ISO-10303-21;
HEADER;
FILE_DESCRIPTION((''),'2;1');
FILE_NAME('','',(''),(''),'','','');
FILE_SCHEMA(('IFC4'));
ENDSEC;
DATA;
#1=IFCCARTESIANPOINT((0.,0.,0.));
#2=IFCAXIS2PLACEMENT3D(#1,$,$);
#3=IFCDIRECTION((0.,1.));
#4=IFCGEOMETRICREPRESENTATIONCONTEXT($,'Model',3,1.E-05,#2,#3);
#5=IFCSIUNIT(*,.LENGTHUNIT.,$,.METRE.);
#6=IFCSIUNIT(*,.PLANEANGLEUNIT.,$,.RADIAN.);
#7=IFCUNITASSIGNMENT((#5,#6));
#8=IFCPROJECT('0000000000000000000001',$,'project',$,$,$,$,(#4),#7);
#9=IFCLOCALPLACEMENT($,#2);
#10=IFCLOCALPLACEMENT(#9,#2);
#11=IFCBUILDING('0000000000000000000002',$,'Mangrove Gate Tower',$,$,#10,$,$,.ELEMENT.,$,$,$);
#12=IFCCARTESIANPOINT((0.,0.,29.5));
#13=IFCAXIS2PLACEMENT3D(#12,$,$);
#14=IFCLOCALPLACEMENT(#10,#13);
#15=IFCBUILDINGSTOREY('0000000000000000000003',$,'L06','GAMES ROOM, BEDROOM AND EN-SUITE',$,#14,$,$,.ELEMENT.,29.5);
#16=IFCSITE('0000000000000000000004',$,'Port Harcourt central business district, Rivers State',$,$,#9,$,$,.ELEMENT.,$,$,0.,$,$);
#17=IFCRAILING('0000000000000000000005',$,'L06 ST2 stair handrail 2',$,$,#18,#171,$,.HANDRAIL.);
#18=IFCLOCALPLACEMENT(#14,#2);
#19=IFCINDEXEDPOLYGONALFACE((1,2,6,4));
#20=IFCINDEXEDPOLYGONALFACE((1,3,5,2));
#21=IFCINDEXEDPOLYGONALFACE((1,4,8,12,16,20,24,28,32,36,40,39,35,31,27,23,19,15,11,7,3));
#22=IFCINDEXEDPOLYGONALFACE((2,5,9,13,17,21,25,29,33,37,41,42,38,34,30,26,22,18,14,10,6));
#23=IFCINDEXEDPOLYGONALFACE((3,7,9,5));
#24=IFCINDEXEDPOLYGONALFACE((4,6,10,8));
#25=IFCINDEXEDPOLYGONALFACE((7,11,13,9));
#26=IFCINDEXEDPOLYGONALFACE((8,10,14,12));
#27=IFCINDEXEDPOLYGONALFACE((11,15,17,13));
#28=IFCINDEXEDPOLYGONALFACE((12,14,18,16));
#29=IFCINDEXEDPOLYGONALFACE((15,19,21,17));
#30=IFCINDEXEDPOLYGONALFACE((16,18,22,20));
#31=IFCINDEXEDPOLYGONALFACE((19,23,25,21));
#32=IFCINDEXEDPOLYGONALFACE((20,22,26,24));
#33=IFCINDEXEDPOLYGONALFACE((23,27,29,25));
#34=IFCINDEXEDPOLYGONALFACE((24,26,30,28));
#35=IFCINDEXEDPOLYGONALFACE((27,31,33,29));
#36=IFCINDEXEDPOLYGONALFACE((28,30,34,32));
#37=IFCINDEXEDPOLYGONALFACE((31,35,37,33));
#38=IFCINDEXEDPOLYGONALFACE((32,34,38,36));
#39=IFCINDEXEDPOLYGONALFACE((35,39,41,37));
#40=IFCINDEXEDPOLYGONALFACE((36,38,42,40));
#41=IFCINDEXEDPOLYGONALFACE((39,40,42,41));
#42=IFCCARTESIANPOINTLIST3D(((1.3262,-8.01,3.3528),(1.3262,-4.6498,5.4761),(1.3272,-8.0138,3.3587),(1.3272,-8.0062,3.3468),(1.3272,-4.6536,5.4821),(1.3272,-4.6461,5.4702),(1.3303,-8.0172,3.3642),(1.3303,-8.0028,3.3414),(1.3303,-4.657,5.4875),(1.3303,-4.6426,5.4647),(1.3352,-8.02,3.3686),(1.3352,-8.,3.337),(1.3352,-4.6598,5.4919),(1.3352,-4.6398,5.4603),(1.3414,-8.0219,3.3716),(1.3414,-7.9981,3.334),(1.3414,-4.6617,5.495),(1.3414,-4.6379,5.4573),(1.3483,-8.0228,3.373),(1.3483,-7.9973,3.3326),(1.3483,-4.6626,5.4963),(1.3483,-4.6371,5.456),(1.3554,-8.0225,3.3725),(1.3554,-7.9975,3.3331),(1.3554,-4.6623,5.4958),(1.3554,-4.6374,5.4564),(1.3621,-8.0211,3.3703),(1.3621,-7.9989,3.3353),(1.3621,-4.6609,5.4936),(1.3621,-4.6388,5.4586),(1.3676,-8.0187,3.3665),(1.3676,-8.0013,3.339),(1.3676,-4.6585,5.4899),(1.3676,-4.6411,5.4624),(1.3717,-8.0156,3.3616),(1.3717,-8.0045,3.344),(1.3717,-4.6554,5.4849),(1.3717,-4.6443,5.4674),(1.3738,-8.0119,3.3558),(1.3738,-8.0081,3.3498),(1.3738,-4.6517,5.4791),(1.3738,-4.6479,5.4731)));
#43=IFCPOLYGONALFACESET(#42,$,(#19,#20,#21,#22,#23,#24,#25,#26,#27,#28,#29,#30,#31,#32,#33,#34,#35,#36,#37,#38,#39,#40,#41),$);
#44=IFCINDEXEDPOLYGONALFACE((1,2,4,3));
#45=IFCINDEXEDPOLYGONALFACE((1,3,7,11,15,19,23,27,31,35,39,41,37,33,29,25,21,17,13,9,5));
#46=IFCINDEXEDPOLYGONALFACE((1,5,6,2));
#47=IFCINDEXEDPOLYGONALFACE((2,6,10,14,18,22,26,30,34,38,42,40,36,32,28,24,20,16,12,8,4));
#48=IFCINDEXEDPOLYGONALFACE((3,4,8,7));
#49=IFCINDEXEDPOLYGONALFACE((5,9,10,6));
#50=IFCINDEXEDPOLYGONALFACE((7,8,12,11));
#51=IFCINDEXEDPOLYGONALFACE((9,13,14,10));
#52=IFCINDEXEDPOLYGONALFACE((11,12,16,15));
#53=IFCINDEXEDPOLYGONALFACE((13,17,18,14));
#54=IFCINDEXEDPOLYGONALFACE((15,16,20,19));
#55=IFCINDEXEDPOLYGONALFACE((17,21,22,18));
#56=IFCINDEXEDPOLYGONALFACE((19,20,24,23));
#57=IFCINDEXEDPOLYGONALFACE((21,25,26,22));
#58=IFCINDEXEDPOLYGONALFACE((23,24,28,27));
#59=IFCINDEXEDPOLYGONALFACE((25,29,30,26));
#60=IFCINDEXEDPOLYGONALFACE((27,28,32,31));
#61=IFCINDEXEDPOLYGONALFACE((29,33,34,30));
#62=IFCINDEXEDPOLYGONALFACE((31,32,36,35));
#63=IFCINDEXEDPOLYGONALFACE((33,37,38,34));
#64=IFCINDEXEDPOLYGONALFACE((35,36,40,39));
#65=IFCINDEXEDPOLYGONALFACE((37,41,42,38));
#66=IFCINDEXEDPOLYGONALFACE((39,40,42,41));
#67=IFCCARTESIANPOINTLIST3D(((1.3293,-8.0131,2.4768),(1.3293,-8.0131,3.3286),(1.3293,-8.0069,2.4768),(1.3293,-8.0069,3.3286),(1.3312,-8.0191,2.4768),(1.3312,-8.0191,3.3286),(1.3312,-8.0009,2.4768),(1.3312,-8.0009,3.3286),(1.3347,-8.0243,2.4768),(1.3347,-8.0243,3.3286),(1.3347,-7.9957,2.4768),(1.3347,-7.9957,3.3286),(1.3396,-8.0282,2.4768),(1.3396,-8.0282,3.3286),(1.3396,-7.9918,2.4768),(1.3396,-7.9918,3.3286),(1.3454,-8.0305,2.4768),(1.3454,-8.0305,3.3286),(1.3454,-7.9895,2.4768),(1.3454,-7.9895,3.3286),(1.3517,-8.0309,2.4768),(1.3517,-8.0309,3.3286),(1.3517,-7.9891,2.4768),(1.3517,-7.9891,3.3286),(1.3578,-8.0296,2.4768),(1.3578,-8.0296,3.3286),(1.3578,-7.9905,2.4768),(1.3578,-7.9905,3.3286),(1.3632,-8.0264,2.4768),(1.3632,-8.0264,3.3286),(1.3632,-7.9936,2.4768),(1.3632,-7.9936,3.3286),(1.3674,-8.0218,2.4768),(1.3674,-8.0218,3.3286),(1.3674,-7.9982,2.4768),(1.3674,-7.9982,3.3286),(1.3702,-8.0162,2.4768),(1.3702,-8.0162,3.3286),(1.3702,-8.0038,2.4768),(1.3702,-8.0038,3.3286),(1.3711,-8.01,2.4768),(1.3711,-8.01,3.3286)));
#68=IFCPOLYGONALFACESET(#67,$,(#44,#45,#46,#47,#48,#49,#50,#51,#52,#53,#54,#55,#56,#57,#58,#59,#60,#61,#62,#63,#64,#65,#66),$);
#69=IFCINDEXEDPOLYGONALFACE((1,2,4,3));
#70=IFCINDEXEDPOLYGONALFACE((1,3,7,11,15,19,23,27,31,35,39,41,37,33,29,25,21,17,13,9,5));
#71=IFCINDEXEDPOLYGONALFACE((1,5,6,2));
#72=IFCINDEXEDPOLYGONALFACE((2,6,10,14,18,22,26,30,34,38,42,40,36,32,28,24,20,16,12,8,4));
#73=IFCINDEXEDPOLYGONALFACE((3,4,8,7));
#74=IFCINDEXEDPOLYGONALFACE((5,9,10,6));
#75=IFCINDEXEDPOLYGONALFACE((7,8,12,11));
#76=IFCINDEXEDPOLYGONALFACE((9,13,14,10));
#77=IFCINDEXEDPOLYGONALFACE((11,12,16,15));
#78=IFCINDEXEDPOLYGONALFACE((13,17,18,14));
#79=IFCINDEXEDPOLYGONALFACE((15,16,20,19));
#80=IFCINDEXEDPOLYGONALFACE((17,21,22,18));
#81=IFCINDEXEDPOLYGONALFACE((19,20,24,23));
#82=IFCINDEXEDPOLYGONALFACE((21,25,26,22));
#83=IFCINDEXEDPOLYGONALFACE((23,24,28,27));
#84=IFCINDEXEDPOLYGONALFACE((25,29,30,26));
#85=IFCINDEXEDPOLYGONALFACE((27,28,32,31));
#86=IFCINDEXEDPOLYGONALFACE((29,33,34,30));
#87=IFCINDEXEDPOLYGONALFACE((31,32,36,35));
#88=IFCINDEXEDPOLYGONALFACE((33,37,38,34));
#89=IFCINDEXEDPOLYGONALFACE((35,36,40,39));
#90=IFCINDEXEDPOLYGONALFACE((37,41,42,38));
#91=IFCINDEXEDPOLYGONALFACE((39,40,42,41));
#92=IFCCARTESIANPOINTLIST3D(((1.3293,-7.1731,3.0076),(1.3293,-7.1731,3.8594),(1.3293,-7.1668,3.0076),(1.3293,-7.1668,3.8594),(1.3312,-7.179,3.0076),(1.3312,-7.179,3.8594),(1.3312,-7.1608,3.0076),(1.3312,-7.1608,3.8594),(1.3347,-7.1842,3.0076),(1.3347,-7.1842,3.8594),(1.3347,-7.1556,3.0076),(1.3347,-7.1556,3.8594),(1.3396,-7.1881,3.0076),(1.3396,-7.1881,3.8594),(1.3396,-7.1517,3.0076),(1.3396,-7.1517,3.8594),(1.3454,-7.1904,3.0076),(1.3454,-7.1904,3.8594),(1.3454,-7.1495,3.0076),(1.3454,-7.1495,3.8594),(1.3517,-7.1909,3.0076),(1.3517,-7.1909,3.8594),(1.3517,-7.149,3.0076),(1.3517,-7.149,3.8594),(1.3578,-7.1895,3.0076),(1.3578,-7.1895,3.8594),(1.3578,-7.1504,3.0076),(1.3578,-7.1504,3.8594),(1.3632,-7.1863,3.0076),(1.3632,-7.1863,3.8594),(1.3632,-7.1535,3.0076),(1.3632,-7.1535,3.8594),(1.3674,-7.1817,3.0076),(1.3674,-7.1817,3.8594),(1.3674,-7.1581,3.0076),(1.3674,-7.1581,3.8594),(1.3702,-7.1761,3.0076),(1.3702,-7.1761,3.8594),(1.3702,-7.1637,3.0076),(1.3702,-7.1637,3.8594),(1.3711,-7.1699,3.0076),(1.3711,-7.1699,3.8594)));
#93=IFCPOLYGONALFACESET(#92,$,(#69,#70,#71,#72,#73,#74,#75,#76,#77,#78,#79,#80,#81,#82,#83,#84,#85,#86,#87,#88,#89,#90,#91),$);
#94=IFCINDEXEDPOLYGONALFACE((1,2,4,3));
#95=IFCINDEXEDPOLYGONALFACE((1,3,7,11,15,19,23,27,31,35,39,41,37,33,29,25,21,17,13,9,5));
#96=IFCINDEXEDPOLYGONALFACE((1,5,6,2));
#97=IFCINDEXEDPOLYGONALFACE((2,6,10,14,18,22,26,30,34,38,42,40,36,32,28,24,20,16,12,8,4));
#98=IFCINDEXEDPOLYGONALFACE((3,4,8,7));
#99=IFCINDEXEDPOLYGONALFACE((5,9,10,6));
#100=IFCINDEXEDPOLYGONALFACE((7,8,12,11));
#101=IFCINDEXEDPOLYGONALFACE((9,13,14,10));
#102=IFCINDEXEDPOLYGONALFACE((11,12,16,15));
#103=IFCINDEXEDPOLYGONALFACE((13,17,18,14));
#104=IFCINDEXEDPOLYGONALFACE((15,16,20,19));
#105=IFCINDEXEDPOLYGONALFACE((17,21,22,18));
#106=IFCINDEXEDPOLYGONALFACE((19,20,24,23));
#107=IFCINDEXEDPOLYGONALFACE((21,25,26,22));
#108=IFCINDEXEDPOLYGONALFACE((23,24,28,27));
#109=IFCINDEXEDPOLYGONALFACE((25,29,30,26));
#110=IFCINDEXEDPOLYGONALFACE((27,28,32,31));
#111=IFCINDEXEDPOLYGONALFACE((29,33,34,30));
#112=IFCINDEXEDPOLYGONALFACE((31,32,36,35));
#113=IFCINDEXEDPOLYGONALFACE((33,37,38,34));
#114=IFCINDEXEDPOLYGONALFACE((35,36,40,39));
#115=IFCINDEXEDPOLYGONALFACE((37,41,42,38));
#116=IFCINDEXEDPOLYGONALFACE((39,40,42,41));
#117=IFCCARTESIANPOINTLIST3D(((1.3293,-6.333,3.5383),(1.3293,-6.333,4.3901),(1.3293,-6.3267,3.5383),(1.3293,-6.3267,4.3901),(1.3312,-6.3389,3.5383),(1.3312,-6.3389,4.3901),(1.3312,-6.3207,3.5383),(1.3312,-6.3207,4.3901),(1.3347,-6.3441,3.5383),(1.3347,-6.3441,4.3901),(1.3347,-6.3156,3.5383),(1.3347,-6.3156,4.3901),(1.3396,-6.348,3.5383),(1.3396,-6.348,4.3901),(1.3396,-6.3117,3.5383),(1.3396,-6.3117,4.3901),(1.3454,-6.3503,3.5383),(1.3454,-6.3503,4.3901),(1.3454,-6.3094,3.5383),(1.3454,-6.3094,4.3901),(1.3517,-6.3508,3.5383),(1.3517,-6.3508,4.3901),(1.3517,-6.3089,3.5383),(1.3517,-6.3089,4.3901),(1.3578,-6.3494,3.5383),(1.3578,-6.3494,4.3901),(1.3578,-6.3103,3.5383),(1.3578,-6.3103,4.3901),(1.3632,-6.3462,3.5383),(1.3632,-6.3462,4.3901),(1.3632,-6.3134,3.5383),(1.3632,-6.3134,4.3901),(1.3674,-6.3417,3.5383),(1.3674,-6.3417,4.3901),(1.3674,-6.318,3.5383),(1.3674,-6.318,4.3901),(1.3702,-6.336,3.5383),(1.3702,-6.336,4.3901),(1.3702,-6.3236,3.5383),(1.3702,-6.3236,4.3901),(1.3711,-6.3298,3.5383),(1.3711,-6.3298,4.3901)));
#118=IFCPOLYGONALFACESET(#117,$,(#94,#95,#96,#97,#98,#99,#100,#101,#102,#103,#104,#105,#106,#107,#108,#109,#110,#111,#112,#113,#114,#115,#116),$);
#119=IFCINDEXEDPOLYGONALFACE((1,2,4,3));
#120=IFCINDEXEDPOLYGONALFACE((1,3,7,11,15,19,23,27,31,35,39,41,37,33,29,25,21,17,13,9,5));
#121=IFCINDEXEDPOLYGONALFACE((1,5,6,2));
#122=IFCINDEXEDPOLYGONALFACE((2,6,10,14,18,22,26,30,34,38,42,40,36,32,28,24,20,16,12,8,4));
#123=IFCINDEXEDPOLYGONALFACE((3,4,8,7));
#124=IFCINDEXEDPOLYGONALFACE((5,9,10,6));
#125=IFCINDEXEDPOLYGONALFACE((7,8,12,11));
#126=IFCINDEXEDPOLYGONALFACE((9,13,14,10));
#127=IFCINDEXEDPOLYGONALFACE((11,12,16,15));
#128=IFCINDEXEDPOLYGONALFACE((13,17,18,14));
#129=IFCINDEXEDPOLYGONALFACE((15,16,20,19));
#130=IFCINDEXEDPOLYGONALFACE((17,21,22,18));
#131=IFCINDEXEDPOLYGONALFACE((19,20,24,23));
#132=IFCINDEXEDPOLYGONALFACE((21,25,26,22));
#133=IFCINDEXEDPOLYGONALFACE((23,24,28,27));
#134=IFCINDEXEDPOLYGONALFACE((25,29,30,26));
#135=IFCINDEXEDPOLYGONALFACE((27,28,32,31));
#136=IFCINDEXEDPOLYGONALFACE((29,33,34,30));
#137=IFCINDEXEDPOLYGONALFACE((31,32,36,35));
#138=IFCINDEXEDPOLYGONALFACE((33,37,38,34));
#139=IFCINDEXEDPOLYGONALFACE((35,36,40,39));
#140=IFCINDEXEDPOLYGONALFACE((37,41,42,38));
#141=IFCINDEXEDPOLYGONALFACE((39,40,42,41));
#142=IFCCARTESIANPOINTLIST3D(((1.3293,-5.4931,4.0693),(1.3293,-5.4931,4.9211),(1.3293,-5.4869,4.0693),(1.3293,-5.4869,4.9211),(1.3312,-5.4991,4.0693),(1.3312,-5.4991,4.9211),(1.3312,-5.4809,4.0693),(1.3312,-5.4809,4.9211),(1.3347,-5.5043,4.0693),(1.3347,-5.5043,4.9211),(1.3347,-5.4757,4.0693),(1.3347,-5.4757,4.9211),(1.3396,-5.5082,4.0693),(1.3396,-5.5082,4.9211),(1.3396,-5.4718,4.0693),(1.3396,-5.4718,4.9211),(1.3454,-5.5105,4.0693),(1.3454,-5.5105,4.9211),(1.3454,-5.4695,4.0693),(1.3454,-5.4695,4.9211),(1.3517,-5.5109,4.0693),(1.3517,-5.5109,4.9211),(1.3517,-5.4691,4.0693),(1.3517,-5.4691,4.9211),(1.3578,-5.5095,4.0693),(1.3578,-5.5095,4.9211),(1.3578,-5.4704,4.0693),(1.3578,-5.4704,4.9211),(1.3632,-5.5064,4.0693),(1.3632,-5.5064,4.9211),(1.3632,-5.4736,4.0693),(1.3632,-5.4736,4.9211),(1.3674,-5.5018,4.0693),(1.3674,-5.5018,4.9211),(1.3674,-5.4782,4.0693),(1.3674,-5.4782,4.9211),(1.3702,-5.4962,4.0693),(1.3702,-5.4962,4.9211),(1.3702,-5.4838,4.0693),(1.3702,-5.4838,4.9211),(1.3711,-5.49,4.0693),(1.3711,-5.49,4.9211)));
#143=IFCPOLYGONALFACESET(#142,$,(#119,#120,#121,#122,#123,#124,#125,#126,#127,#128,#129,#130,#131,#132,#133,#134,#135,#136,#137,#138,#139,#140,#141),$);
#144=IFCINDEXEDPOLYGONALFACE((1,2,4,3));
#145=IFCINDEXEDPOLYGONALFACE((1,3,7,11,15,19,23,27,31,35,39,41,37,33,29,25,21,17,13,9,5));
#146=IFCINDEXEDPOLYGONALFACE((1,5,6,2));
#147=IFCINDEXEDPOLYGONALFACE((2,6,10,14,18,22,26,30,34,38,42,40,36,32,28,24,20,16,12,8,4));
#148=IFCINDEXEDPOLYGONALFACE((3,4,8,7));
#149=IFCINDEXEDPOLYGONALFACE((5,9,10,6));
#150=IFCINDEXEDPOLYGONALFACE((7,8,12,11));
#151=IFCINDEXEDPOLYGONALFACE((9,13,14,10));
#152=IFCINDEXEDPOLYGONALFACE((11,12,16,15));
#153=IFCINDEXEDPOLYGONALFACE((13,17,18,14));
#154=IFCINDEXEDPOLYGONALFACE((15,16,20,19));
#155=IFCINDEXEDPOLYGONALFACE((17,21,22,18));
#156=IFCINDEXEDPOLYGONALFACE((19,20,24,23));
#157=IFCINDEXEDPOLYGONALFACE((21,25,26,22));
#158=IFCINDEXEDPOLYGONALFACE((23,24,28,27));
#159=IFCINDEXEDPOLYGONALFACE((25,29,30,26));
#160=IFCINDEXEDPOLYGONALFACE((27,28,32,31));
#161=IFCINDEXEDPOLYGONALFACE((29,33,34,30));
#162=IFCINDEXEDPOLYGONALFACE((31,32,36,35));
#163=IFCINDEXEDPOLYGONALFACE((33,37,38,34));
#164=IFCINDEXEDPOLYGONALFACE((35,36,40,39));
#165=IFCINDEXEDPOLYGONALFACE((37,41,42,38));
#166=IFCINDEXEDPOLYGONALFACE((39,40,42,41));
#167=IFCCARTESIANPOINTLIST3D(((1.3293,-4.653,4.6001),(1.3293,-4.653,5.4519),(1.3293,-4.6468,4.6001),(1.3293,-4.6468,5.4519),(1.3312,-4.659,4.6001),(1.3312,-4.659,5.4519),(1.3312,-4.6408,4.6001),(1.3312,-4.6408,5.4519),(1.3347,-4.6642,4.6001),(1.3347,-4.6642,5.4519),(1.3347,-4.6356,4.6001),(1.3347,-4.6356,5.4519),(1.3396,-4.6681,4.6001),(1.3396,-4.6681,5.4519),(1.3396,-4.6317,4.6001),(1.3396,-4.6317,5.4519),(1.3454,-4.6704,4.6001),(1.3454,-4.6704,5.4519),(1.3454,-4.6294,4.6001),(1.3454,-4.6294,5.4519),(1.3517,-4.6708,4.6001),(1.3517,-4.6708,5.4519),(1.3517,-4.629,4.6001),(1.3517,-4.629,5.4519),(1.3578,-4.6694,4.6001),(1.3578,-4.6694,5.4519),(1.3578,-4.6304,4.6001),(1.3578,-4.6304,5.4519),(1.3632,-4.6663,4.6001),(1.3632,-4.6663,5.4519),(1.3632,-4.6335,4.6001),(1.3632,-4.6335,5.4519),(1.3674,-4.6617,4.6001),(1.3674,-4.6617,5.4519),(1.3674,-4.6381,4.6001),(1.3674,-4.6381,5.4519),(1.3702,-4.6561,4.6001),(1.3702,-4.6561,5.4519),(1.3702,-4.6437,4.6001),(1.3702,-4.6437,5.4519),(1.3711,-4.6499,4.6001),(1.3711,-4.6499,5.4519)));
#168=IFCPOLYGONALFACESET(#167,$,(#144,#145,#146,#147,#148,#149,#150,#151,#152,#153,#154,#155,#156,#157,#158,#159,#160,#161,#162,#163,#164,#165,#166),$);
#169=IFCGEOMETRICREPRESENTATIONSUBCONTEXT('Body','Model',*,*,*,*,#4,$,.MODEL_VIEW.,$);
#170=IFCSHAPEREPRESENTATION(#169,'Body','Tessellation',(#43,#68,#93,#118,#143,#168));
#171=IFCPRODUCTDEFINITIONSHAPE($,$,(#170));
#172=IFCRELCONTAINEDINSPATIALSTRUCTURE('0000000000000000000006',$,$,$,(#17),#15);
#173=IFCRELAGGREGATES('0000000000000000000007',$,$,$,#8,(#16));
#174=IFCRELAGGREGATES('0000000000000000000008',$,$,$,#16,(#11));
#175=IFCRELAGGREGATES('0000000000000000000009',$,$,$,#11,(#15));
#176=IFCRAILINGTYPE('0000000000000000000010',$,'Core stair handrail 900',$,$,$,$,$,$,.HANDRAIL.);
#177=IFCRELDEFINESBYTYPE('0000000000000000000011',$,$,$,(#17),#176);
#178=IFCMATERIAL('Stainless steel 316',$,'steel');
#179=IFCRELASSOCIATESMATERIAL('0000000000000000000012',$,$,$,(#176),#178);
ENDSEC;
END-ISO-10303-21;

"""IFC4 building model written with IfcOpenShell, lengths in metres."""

from ifc_helpers import new_model, si_unit, direction, frame, origin, origin_2d, place, context, subcontext, project, spatial, circle, extrude, material, type_object, element, save


model = new_model("IFC4")

# Units and contexts
model_context = context("Model", 3, precision=1e-05, world=origin(), true_north=direction((0.0, 1.0)))
body_context = subcontext(model_context, "Body", "Model", "MODEL_VIEW")
ifc_project = project(units=[si_unit("LENGTHUNIT", "METRE"), si_unit("PLANEANGLEUNIT", "RADIAN")], contexts=[model_context])

# Site, building, storey
site_placement = place(None, origin())
site = spatial("IfcSite", under=ifc_project, at=site_placement, Name="Port Harcourt central business district, Rivers State", CompositionType="ELEMENT", RefElevation=0.0)
building_placement = place(site_placement, origin())
building = spatial("IfcBuilding", under=site, at=building_placement, Name="Mangrove Gate Tower", CompositionType="ELEMENT")
storey_placement = place(building_placement, frame((0.0, 0.0, 29.5)))
storey = spatial("IfcBuildingStorey", under=building, at=storey_placement, Name="L06", Description="GAMES ROOM, BEDROOM AND EN-SUITE", CompositionType="ELEMENT", Elevation=29.5)

# Railing
ifc_material_1 = material(Name="Stainless steel 316", Category="steel")
railing_type_1 = type_object("IfcRailingType", Name="Core stair handrail 900", PredefinedType="HANDRAIL", material=ifc_material_1)
railing_1_placement = place(storey_placement, frame((1.3501, -8.01, 2.4768)))
element("IfcRailing", 1, at=railing_1_placement, inside=storey, type_object=railing_type_1, Name="L06 ST2 stair handrail 2", PredefinedType="HANDRAIL", context=body_context, shape_type="SweptSolid", body=[
    extrude(circle(Radius=0.0239, at=origin_2d()), frame((0.0, 0.0, 0.876), z_axis=(0.0, 0.845362, 0.534194), x_axis=(-1.0, 0.0, 0.0)), (0.0, 0.0, 1.0), 3.9749),
    extrude(circle(Radius=0.021, at=origin_2d()), origin(), (0.0, 0.0, 1.0), 0.8518),
    extrude(circle(Radius=0.021, at=origin_2d()), frame((0.0, 0.8401, 0.5308)), (0.0, 0.0, 1.0), 0.8518),
    extrude(circle(Radius=0.021, at=origin_2d()), frame((0.0, 1.6802, 1.0615)), (0.0, 0.0, 1.0), 0.8518),
    extrude(circle(Radius=0.021, at=origin_2d()), frame((0.0, 2.52, 1.5925)), (0.0, 0.0, 1.0), 0.8518),
    extrude(circle(Radius=0.021, at=origin_2d()), frame((0.0, 3.3601, 2.1233)), (0.0, 0.0, 1.0), 0.8518),
])

save(model, "model.ifc")
